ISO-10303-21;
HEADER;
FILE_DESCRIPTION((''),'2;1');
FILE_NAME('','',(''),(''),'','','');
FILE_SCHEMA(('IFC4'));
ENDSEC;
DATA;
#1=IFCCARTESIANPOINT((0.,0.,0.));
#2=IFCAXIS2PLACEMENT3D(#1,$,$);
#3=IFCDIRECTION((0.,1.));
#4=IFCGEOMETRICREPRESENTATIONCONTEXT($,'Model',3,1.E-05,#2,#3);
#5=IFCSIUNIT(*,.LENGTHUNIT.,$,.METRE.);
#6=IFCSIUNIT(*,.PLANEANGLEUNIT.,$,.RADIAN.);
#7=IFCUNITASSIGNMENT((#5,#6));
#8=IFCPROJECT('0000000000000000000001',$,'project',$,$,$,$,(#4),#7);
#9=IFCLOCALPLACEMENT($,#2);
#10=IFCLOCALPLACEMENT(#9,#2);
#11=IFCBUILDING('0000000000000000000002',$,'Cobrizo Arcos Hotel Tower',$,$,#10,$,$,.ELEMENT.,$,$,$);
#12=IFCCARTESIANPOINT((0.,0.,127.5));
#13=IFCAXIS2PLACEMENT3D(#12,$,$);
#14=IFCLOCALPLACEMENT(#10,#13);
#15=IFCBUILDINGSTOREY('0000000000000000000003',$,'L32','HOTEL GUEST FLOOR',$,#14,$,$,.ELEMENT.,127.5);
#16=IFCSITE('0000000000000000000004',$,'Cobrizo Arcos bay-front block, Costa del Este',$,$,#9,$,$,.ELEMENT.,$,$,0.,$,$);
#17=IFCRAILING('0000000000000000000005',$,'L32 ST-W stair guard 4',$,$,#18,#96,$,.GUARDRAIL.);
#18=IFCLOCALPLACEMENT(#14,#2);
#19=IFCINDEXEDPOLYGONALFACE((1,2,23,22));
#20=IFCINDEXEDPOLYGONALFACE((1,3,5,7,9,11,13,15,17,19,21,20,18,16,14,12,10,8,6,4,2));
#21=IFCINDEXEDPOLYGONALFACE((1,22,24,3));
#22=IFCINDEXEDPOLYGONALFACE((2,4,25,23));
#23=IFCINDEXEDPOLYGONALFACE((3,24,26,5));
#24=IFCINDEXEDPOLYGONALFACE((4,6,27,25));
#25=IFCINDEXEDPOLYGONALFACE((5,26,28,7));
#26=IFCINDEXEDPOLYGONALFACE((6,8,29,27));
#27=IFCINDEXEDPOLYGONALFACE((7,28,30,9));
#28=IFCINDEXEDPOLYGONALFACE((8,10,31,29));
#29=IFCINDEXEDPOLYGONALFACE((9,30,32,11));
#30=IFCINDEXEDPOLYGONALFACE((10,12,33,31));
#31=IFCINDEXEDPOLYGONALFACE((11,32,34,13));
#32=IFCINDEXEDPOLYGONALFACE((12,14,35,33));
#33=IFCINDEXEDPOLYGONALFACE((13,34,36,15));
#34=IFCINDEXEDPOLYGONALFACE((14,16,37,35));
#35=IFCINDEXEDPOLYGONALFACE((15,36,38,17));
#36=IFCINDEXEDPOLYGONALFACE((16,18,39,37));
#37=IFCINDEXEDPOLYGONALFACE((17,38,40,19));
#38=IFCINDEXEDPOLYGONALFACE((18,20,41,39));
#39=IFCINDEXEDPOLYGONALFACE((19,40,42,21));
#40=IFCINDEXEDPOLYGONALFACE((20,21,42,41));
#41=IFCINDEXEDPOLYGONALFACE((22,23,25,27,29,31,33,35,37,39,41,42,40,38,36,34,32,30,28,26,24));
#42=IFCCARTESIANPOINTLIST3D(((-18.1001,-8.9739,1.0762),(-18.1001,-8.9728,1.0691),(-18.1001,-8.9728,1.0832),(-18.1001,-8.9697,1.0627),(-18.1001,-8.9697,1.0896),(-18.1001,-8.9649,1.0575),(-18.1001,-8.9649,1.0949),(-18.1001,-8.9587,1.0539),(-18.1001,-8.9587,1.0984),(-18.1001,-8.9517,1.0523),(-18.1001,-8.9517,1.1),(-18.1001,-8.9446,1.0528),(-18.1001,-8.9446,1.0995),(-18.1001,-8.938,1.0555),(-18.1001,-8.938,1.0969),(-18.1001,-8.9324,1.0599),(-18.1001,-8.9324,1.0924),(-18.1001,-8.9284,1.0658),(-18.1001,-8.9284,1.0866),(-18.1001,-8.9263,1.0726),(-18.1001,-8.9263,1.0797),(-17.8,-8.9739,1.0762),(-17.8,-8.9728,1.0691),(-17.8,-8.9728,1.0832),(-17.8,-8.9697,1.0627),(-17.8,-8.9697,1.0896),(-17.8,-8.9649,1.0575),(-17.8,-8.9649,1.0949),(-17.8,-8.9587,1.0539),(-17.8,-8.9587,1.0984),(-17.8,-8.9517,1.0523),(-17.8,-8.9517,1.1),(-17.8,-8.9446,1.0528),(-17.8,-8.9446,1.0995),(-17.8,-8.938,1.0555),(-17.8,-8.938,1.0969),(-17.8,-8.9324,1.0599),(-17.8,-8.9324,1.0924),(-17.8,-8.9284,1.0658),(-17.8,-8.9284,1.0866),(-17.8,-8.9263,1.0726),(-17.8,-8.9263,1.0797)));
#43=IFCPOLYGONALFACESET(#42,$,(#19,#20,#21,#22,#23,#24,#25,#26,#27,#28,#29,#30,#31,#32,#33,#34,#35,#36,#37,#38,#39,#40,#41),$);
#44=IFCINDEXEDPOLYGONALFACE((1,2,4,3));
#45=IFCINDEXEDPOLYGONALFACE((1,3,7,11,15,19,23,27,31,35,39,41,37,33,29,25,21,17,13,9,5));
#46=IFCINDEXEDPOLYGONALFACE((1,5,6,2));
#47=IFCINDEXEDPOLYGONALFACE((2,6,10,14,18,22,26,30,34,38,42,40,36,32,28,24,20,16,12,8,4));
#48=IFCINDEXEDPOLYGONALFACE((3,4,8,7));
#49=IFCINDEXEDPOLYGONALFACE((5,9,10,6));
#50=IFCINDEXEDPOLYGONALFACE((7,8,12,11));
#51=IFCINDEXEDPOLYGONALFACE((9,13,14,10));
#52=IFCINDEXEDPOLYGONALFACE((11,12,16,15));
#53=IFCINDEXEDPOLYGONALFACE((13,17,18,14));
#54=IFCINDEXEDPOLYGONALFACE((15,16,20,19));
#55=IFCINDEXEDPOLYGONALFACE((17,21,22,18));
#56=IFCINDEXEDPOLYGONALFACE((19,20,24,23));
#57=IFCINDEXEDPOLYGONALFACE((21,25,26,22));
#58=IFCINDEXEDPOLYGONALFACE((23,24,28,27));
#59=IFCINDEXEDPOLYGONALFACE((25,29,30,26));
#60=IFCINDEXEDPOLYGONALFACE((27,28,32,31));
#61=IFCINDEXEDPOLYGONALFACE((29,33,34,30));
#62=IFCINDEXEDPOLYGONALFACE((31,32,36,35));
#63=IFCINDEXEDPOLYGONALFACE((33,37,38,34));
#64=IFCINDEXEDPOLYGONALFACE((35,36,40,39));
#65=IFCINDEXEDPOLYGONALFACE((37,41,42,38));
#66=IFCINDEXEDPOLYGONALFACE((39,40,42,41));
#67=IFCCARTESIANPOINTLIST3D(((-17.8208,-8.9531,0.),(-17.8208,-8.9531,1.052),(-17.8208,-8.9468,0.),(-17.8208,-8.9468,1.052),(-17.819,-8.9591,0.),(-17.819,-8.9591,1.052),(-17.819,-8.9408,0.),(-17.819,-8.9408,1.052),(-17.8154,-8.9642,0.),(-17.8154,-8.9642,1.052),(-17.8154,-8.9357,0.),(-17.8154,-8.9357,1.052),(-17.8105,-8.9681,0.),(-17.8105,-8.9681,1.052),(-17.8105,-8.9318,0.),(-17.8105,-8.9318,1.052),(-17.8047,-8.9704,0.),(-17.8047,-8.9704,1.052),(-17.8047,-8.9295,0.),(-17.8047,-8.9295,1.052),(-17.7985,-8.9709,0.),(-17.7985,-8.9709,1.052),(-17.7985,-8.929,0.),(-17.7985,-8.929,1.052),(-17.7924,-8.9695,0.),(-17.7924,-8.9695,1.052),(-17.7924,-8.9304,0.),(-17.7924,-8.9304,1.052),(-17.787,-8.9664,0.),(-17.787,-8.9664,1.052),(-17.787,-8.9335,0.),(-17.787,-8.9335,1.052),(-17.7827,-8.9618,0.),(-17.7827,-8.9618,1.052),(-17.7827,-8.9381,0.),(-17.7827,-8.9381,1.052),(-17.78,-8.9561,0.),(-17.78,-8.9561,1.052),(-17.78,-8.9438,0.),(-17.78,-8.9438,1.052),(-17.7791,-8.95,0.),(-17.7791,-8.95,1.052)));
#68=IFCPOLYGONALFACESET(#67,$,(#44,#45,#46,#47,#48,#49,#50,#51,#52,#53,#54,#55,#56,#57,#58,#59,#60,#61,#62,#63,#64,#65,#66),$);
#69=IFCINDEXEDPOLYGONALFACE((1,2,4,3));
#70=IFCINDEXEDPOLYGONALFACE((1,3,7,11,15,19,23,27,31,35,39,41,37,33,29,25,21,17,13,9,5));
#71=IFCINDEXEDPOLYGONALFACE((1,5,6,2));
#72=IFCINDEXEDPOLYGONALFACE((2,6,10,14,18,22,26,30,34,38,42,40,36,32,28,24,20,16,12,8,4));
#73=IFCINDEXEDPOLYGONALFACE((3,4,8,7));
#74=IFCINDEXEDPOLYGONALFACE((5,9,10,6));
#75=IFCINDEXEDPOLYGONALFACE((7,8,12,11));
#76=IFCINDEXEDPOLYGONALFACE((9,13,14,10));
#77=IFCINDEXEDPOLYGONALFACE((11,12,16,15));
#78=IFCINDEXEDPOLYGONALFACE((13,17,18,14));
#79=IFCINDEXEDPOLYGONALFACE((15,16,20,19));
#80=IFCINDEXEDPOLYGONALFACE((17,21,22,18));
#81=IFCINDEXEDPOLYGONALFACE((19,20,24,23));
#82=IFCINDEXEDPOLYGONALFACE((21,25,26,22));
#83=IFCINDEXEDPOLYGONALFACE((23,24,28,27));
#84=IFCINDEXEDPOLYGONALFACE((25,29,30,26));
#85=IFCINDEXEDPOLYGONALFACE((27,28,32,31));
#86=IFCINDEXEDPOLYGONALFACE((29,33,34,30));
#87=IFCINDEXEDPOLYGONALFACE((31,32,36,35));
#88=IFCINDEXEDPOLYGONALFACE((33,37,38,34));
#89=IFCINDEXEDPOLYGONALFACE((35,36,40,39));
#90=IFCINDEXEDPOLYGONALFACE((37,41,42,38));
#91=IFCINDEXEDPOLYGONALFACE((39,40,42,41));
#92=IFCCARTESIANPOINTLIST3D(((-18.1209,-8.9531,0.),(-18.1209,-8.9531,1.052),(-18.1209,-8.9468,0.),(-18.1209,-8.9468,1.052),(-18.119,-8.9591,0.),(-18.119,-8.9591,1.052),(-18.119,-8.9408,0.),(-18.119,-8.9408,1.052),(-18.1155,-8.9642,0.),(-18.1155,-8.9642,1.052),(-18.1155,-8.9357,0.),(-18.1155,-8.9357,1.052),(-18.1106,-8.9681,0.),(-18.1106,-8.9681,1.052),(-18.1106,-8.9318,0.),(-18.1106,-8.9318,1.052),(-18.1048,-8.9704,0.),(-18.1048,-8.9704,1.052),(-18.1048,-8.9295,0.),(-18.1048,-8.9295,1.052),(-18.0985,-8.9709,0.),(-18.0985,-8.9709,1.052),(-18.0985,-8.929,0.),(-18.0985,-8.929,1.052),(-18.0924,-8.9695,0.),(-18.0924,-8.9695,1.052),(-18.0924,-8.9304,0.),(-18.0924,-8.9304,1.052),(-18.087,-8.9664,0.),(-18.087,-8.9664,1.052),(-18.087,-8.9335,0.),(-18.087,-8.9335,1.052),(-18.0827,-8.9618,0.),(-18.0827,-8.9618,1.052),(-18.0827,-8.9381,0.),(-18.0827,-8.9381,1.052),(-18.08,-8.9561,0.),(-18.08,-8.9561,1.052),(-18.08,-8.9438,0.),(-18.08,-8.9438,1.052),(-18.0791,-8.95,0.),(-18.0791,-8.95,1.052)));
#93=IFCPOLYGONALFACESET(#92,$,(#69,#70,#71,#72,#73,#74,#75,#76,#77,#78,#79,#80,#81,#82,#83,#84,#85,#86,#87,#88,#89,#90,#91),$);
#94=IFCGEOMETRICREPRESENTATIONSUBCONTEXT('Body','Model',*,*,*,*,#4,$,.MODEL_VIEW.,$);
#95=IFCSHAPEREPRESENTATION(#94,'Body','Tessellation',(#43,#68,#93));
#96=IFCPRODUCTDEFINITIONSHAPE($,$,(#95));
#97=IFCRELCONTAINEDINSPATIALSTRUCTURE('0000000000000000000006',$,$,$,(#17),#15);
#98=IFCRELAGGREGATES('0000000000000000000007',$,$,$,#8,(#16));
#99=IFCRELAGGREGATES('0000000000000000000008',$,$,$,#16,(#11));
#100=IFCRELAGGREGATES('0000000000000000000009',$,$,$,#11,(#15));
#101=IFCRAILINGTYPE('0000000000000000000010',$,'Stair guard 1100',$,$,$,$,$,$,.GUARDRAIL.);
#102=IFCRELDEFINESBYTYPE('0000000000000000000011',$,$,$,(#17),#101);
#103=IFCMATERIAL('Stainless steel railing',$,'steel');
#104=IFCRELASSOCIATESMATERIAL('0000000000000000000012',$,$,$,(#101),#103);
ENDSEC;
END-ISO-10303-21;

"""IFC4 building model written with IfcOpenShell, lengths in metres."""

from ifc_helpers import new_model, si_unit, direction, frame, origin, origin_2d, place, context, subcontext, project, spatial, circle, extrude, material, type_object, element, save


model = new_model("IFC4")

# Units and contexts
model_context = context("Model", 3, precision=1e-05, world=origin(), true_north=direction((0.0, 1.0)))
body_context = subcontext(model_context, "Body", "Model", "MODEL_VIEW")
ifc_project = project(units=[si_unit("LENGTHUNIT", "METRE"), si_unit("PLANEANGLEUNIT", "RADIAN")], contexts=[model_context])

# Site, building, storey
site_placement = place(None, origin())
site = spatial("IfcSite", under=ifc_project, at=site_placement, Name="Cobrizo Arcos bay-front block, Costa del Este", CompositionType="ELEMENT", RefElevation=0.0)
building_placement = place(site_placement, origin())
building = spatial("IfcBuilding", under=site, at=building_placement, Name="Cobrizo Arcos Hotel Tower", CompositionType="ELEMENT")
storey_placement = place(building_placement, frame((0.0, 0.0, 127.5)))
storey = spatial("IfcBuildingStorey", under=building, at=storey_placement, Name="L32", Description="HOTEL GUEST FLOOR", CompositionType="ELEMENT", Elevation=127.5)

# Railing
ifc_material_1 = material(Name="Stainless steel railing", Category="steel")
railing_type_1 = type_object("IfcRailingType", Name="Stair guard 1100", PredefinedType="GUARDRAIL", material=ifc_material_1)
railing_1_placement = place(storey_placement, frame((-17.8, -8.95, 0.0)))
element("IfcRailing", 1, at=railing_1_placement, inside=storey, type_object=railing_type_1, Name="L32 ST-W stair guard 4", PredefinedType="GUARDRAIL", context=body_context, shape_type="SweptSolid", body=[
    extrude(circle(Radius=0.0239, at=origin_2d()), frame((0.0, 0.0, 1.0762), z_axis=(-1.0, 0.0, 0.0), x_axis=(0.0, -1.0, 0.0)), (0.0, 0.0, 1.0), 0.3),
    extrude(circle(Radius=0.021, at=origin_2d()), origin(), (0.0, 0.0, 1.0), 1.052),
    extrude(circle(Radius=0.021, at=origin_2d()), frame((-0.3, 0.0, 0.0)), (0.0, 0.0, 1.0), 1.052),
])

save(model, "model.ifc")
